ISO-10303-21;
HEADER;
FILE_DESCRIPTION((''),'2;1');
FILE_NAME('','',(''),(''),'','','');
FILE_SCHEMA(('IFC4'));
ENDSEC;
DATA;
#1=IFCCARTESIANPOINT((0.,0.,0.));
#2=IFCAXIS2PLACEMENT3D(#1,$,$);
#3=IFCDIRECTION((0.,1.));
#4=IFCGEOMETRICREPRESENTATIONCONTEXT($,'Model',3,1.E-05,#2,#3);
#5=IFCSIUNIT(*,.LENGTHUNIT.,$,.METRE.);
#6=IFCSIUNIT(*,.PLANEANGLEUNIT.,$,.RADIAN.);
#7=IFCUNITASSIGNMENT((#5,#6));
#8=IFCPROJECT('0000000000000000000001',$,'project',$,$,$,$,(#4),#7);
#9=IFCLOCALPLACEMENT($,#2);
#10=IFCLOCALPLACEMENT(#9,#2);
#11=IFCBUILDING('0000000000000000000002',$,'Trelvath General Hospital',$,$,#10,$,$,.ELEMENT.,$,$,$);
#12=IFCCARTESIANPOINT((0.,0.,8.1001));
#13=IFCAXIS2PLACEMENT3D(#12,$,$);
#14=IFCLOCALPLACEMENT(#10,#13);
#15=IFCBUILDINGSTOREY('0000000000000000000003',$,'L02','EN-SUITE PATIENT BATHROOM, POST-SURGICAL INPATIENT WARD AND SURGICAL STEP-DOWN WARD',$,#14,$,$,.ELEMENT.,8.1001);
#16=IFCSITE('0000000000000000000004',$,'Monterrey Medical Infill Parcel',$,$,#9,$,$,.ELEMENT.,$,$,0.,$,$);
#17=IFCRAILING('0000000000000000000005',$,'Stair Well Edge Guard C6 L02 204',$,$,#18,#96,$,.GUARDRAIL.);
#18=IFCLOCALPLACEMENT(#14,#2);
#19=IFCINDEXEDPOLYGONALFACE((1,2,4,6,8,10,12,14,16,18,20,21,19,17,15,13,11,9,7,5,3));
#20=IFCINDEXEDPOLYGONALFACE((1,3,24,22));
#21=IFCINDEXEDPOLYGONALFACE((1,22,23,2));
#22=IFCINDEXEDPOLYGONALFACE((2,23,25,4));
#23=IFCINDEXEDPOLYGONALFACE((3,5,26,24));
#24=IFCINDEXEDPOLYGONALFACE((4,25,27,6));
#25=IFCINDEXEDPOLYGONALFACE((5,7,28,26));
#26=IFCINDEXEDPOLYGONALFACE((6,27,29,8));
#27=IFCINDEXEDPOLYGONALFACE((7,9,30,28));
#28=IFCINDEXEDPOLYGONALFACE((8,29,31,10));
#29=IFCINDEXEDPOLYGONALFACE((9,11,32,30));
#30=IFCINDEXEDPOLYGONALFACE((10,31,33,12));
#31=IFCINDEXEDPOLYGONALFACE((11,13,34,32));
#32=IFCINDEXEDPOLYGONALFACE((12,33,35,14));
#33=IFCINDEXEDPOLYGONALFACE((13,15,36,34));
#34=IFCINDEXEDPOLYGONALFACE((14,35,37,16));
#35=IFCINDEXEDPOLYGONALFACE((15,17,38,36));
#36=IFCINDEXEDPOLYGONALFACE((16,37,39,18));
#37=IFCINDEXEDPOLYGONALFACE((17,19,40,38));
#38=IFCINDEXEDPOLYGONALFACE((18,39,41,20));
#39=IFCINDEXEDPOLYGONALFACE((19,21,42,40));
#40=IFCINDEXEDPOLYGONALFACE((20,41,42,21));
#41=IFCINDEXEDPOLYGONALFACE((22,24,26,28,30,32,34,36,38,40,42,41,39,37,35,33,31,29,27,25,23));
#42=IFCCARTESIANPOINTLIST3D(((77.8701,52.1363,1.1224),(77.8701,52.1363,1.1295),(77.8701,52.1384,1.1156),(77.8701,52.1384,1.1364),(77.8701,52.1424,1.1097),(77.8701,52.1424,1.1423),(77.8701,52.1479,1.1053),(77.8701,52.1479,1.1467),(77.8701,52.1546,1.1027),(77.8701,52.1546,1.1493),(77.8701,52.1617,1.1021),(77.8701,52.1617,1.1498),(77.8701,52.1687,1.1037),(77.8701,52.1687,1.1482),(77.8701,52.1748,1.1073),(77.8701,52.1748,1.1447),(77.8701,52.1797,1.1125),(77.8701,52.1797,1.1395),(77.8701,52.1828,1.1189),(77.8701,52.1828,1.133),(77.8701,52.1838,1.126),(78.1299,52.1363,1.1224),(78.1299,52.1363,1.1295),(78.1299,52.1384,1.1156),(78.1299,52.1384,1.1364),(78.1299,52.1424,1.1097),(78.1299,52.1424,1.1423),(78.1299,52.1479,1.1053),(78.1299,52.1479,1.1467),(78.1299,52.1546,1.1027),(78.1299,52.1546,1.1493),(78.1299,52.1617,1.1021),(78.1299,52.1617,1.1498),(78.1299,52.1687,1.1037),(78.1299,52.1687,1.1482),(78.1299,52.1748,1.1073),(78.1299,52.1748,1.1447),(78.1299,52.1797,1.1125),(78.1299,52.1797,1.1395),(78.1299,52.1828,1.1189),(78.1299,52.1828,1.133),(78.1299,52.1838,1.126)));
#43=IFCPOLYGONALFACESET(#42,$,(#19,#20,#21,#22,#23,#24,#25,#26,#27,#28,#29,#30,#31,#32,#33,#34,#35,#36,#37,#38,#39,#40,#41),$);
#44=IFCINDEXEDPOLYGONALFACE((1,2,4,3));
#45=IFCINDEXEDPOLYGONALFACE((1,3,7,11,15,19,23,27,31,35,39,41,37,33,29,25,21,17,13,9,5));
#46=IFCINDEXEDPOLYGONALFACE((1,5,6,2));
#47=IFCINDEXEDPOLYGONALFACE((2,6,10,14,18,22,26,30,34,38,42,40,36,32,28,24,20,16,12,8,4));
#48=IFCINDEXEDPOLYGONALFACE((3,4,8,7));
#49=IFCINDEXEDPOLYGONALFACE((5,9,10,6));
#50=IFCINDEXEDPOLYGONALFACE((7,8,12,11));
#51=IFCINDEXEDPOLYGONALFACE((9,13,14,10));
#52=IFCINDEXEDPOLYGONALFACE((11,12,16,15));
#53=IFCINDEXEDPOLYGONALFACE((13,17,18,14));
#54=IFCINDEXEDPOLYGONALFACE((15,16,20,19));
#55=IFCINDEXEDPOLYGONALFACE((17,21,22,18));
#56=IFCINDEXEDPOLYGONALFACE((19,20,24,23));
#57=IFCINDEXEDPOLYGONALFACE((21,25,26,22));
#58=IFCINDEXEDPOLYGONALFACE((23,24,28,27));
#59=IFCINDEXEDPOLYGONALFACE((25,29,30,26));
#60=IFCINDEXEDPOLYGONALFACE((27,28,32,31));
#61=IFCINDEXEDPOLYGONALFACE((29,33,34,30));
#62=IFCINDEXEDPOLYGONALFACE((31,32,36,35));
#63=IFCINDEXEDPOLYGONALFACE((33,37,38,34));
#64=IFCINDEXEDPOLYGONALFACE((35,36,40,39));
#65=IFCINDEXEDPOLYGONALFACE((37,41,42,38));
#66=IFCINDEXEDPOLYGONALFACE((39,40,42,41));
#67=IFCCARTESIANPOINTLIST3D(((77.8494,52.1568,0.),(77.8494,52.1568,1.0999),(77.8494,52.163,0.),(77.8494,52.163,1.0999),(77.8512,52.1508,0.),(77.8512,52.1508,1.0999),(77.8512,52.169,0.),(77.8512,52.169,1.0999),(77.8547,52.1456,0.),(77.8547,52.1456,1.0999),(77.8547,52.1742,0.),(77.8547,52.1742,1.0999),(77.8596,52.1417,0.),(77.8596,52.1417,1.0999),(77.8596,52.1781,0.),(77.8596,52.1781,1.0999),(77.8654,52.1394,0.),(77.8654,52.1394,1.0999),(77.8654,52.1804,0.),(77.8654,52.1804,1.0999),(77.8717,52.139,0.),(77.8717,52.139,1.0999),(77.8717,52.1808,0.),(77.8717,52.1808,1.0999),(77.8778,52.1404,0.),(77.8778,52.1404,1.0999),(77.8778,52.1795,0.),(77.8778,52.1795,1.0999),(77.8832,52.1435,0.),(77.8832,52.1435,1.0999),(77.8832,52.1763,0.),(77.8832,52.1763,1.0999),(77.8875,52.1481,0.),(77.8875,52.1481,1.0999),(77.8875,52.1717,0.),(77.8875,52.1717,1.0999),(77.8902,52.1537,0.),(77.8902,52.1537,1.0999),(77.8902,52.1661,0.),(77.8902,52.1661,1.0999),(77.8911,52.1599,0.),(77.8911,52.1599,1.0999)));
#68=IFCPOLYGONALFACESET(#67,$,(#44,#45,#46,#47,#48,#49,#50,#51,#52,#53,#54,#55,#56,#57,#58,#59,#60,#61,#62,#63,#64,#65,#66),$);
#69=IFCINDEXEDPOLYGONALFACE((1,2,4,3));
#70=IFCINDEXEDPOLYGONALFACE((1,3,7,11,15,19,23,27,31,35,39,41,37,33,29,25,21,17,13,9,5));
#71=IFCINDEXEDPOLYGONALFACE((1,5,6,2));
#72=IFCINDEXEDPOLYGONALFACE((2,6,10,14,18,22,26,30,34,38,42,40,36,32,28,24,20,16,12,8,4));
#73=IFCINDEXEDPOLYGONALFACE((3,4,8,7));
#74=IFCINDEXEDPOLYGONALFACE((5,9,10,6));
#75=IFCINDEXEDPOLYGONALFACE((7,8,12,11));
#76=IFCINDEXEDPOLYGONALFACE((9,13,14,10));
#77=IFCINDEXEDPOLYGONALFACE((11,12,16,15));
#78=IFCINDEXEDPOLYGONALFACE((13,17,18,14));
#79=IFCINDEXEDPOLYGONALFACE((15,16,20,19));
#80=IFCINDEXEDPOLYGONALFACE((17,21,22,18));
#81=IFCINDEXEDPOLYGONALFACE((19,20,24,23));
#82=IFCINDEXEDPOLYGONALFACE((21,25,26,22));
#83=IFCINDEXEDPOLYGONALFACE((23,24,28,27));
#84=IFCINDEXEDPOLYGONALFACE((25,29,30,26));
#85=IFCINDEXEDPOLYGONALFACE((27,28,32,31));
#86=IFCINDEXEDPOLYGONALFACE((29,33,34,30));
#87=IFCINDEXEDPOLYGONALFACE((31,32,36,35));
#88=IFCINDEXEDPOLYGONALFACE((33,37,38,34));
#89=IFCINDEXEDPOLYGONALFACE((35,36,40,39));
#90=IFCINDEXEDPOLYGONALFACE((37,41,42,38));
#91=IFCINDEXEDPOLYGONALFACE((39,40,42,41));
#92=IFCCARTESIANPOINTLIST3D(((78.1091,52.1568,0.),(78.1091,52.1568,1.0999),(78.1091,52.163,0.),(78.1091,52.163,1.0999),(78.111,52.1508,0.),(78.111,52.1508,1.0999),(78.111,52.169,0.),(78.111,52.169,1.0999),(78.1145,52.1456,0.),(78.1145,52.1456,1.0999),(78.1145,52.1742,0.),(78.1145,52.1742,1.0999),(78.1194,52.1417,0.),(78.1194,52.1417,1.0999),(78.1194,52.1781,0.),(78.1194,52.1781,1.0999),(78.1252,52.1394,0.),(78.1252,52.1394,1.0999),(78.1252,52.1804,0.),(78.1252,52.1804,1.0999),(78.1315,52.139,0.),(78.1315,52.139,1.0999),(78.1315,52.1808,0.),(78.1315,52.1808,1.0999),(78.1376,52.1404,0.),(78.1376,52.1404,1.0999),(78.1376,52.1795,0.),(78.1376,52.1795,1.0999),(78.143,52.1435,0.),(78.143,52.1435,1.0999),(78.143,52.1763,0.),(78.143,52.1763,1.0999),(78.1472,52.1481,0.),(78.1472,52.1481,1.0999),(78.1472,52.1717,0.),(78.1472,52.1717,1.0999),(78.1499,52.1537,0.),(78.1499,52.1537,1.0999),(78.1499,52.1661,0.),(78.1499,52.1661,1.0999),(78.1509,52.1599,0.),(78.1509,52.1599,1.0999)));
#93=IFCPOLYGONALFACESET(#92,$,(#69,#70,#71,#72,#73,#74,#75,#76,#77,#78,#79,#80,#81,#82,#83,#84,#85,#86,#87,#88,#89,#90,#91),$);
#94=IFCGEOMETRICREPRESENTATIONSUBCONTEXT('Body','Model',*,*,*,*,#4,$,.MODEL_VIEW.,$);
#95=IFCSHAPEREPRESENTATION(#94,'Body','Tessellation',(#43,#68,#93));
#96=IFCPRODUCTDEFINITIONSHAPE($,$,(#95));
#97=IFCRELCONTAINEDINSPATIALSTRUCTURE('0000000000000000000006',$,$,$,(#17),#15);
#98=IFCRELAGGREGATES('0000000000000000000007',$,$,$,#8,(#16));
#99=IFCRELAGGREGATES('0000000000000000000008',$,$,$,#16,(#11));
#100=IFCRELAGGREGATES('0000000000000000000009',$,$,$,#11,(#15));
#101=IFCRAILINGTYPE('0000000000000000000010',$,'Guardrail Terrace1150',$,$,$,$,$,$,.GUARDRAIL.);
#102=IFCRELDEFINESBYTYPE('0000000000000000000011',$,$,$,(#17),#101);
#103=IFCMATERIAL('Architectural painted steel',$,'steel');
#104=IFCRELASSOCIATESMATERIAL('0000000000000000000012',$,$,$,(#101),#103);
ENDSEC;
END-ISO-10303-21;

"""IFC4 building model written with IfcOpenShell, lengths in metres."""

from ifc_helpers import new_model, si_unit, direction, frame, origin, origin_2d, place, context, subcontext, project, spatial, circle, extrude, material, type_object, element, save


model = new_model("IFC4")

# Units and contexts
model_context = context("Model", 3, precision=1e-05, world=origin(), true_north=direction((0.0, 1.0)))
body_context = subcontext(model_context, "Body", "Model", "MODEL_VIEW")
ifc_project = project(units=[si_unit("LENGTHUNIT", "METRE"), si_unit("PLANEANGLEUNIT", "RADIAN")], contexts=[model_context])

# Site, building, storey
site_placement = place(None, origin())
site = spatial("IfcSite", under=ifc_project, at=site_placement, Name="Monterrey Medical Infill Parcel", CompositionType="ELEMENT", RefElevation=0.0)
building_placement = place(site_placement, origin())
building = spatial("IfcBuilding", under=site, at=building_placement, Name="Trelvath General Hospital", CompositionType="ELEMENT")
storey_placement = place(building_placement, frame((0.0, 0.0, 8.1001)))
storey = spatial("IfcBuildingStorey", under=building, at=storey_placement, Name="L02", Description="EN-SUITE PATIENT BATHROOM, POST-SURGICAL INPATIENT WARD AND SURGICAL STEP-DOWN WARD", CompositionType="ELEMENT", Elevation=8.1001)

# Railing
ifc_material_1 = material(Name="Architectural painted steel", Category="steel")
railing_type_1 = type_object("IfcRailingType", Name="Guardrail Terrace1150", PredefinedType="GUARDRAIL", material=ifc_material_1)
railing_1_placement = place(storey_placement, frame((77.8701, 52.1599, 0.0)))
element("IfcRailing", 1, at=railing_1_placement, inside=storey, type_object=railing_type_1, Name="Stair Well Edge Guard C6 L02 204", PredefinedType="GUARDRAIL", context=body_context, shape_type="SweptSolid", body=[
    extrude(circle(Radius=0.0239, at=origin_2d()), frame((0.0, 0.0, 1.126), z_axis=(1.0, 0.0, 0.0), x_axis=(0.0, 1.0, 0.0)), (0.0, 0.0, 1.0), 0.2598),
    extrude(circle(Radius=0.021, at=origin_2d()), origin(), (0.0, 0.0, 1.0), 1.0999),
    extrude(circle(Radius=0.021, at=origin_2d()), frame((0.2598, 0.0, 0.0)), (0.0, 0.0, 1.0), 1.0999),
])

save(model, "model.ifc")
